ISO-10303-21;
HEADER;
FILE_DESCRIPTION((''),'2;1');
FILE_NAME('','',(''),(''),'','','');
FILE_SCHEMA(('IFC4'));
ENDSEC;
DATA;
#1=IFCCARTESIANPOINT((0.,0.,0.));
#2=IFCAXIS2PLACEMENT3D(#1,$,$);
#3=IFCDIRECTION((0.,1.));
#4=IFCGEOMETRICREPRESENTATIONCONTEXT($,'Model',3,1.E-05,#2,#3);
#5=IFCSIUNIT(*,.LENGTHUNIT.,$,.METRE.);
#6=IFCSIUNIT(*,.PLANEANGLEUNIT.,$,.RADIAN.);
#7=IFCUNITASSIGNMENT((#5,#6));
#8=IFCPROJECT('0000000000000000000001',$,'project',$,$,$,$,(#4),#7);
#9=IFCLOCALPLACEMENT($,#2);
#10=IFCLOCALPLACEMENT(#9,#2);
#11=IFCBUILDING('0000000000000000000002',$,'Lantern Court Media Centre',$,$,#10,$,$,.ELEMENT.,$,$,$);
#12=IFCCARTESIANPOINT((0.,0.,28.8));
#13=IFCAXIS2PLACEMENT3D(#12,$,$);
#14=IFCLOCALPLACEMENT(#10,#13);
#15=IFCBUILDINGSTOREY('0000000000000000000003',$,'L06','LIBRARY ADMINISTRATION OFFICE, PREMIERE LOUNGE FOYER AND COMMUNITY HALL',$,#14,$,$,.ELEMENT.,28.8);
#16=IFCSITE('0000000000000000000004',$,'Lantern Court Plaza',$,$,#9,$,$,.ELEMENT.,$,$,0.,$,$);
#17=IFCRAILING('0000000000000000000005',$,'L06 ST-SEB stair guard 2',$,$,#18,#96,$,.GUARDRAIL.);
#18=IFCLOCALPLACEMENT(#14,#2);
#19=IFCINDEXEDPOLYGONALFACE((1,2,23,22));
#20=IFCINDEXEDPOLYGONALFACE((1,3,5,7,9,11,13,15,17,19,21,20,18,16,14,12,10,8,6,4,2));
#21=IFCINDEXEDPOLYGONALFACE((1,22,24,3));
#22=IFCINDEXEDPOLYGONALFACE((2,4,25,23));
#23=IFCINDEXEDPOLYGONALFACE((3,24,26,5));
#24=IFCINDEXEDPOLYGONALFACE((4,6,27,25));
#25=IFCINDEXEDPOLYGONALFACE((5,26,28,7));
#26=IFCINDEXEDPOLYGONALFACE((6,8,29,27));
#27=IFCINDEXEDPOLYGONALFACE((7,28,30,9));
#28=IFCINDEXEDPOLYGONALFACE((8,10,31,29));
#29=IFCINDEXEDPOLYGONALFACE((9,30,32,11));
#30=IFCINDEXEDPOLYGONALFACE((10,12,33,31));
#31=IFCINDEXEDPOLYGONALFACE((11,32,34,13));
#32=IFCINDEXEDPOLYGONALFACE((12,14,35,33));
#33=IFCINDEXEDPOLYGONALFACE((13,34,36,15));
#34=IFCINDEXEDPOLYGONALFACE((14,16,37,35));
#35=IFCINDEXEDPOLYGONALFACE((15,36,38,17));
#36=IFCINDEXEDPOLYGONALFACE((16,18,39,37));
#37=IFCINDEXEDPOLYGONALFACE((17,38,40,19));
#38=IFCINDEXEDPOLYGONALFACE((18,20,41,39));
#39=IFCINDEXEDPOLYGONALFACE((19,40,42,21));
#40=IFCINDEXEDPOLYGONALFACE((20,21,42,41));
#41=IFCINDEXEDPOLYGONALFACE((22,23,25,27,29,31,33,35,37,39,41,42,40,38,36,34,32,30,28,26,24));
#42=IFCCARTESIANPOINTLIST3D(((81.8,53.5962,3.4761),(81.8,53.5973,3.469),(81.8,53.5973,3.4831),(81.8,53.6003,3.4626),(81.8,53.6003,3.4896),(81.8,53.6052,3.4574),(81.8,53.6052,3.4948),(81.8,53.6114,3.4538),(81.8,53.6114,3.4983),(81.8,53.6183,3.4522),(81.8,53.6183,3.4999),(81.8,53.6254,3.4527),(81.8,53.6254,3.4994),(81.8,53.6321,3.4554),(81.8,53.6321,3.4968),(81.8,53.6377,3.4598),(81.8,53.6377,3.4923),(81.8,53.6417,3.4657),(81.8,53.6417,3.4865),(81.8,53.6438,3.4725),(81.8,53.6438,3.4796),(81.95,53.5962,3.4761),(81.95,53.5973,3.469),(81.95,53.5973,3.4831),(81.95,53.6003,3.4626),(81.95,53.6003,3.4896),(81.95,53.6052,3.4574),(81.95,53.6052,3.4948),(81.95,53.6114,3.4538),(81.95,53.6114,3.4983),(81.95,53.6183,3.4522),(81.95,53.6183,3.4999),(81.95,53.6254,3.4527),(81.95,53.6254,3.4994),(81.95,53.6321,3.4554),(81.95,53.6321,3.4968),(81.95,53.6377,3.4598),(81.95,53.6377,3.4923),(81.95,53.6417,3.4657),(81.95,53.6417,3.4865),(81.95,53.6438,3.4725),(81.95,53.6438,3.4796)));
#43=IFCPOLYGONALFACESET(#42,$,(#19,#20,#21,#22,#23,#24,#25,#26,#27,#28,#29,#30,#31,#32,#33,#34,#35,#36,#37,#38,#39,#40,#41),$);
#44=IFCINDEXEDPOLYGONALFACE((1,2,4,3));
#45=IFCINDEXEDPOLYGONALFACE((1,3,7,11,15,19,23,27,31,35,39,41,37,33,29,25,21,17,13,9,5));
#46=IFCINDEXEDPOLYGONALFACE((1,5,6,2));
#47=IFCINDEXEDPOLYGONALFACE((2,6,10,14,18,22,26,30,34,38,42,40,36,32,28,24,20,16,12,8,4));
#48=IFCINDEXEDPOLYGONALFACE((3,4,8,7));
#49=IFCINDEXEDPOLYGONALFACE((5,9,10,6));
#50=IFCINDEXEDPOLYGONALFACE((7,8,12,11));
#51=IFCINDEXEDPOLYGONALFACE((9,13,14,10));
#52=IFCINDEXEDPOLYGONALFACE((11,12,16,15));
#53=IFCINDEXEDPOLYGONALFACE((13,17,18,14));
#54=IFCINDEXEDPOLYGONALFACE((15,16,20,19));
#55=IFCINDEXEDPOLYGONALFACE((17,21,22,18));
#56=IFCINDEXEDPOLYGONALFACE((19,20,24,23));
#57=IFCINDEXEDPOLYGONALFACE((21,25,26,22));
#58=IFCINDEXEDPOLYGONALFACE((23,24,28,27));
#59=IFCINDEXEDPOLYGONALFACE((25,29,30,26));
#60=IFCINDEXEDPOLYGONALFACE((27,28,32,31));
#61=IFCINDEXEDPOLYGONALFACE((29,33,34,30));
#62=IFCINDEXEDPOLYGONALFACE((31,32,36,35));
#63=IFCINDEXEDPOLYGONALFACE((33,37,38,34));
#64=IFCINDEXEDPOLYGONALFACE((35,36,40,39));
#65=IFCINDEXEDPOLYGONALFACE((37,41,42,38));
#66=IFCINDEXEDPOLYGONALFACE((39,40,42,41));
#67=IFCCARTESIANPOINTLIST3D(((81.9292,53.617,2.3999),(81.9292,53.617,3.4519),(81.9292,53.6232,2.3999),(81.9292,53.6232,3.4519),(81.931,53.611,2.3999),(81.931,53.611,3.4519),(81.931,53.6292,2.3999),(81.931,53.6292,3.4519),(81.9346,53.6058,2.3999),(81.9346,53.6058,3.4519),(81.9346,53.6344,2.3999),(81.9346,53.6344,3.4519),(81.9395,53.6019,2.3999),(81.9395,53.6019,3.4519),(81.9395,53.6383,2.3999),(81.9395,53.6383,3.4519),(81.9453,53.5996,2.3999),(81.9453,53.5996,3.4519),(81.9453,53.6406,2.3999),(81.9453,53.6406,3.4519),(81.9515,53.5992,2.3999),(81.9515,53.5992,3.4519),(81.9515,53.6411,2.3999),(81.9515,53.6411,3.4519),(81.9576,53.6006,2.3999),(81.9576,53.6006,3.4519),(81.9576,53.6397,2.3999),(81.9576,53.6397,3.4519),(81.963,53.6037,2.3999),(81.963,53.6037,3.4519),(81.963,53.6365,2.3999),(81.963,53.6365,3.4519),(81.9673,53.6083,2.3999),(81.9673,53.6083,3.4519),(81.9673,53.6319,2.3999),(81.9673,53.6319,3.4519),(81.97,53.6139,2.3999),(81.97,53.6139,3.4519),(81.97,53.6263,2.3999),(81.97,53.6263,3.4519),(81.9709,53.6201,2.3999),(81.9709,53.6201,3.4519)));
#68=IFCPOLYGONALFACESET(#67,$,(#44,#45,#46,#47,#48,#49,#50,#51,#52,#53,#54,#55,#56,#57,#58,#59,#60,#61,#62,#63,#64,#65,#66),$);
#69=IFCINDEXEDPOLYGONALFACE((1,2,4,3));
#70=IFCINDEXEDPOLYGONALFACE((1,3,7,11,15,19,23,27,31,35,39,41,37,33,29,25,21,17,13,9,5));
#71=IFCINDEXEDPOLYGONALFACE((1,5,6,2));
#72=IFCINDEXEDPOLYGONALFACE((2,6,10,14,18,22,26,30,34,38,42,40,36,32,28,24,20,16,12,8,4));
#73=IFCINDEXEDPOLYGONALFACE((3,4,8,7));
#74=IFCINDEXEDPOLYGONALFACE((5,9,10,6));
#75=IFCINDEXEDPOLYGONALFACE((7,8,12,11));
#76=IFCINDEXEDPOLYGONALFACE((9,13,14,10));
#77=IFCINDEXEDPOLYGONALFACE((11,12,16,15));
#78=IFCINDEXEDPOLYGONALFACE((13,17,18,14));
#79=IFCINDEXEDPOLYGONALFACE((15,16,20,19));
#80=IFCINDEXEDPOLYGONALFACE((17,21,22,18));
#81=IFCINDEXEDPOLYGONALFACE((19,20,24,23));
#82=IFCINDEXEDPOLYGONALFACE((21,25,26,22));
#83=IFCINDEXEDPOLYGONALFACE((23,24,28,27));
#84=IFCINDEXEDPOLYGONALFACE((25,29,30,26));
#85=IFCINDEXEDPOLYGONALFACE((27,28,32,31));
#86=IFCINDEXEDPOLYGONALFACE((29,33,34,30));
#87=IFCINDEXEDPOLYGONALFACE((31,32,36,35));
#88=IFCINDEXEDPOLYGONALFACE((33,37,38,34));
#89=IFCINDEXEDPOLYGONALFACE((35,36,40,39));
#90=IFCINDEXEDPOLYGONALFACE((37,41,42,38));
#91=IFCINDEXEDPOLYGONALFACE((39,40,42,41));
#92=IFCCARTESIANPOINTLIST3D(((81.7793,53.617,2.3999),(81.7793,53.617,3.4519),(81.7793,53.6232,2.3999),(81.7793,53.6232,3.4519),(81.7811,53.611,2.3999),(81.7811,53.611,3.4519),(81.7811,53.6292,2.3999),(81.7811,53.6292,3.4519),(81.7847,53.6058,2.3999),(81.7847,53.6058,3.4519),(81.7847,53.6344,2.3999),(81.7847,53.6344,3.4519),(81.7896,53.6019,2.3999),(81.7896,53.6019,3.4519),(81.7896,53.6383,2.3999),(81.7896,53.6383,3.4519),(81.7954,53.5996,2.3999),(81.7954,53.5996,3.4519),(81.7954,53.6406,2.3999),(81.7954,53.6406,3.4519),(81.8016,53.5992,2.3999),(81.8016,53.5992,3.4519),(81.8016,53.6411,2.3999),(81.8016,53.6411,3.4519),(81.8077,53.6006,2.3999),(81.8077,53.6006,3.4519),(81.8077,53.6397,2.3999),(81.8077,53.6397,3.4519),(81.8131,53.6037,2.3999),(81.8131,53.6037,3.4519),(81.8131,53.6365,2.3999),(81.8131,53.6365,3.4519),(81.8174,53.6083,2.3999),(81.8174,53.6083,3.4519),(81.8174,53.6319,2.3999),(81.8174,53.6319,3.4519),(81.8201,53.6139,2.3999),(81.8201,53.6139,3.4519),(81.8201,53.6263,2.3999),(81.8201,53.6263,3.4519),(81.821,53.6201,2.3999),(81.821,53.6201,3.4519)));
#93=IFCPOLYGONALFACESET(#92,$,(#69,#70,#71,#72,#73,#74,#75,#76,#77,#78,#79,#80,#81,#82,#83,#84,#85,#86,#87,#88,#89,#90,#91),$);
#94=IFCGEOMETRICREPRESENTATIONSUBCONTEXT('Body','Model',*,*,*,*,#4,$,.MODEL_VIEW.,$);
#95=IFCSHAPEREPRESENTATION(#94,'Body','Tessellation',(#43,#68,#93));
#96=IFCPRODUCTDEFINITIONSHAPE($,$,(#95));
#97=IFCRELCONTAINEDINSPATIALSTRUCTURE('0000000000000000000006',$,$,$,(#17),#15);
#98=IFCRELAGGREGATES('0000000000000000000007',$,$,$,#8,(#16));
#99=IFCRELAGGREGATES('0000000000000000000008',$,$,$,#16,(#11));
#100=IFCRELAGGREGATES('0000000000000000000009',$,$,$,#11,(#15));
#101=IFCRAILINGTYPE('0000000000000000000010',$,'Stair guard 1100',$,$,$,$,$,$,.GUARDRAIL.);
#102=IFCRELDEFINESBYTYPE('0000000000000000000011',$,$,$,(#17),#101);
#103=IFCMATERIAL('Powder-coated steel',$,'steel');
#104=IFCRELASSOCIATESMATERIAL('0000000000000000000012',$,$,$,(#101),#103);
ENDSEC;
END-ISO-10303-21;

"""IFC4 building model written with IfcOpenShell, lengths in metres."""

from ifc_helpers import new_model, si_unit, direction, frame, origin, origin_2d, place, context, subcontext, project, spatial, circle, extrude, material, type_object, element, save


model = new_model("IFC4")

# Units and contexts
model_context = context("Model", 3, precision=1e-05, world=origin(), true_north=direction((0.0, 1.0)))
body_context = subcontext(model_context, "Body", "Model", "MODEL_VIEW")
ifc_project = project(units=[si_unit("LENGTHUNIT", "METRE"), si_unit("PLANEANGLEUNIT", "RADIAN")], contexts=[model_context])

# Site, building, storey
site_placement = place(None, origin())
site = spatial("IfcSite", under=ifc_project, at=site_placement, Name="Lantern Court Plaza", CompositionType="ELEMENT", RefElevation=0.0)
building_placement = place(site_placement, origin())
building = spatial("IfcBuilding", under=site, at=building_placement, Name="Lantern Court Media Centre", CompositionType="ELEMENT")
storey_placement = place(building_placement, frame((0.0, 0.0, 28.8)))
storey = spatial("IfcBuildingStorey", under=building, at=storey_placement, Name="L06", Description="LIBRARY ADMINISTRATION OFFICE, PREMIERE LOUNGE FOYER AND COMMUNITY HALL", CompositionType="ELEMENT", Elevation=28.8)

# Railing
ifc_material_1 = material(Name="Powder-coated steel", Category="steel")
railing_type_1 = type_object("IfcRailingType", Name="Stair guard 1100", PredefinedType="GUARDRAIL", material=ifc_material_1)
railing_1_placement = place(storey_placement, frame((81.95, 53.6201, 2.3999)))
element("IfcRailing", 1, at=railing_1_placement, inside=storey, type_object=railing_type_1, Name="L06 ST-SEB stair guard 2", PredefinedType="GUARDRAIL", context=body_context, shape_type="SweptSolid", body=[
    extrude(circle(Radius=0.0239, at=origin_2d()), frame((0.0, 0.0, 1.0762), z_axis=(-1.0, 0.0, 0.0), x_axis=(0.0, -1.0, 0.0)), (0.0, 0.0, 1.0), 0.1499),
    extrude(circle(Radius=0.021, at=origin_2d()), origin(), (0.0, 0.0, 1.0), 1.052),
    extrude(circle(Radius=0.021, at=origin_2d()), frame((-0.1499, 0.0, 0.0)), (0.0, 0.0, 1.0), 1.052),
])

save(model, "model.ifc")
